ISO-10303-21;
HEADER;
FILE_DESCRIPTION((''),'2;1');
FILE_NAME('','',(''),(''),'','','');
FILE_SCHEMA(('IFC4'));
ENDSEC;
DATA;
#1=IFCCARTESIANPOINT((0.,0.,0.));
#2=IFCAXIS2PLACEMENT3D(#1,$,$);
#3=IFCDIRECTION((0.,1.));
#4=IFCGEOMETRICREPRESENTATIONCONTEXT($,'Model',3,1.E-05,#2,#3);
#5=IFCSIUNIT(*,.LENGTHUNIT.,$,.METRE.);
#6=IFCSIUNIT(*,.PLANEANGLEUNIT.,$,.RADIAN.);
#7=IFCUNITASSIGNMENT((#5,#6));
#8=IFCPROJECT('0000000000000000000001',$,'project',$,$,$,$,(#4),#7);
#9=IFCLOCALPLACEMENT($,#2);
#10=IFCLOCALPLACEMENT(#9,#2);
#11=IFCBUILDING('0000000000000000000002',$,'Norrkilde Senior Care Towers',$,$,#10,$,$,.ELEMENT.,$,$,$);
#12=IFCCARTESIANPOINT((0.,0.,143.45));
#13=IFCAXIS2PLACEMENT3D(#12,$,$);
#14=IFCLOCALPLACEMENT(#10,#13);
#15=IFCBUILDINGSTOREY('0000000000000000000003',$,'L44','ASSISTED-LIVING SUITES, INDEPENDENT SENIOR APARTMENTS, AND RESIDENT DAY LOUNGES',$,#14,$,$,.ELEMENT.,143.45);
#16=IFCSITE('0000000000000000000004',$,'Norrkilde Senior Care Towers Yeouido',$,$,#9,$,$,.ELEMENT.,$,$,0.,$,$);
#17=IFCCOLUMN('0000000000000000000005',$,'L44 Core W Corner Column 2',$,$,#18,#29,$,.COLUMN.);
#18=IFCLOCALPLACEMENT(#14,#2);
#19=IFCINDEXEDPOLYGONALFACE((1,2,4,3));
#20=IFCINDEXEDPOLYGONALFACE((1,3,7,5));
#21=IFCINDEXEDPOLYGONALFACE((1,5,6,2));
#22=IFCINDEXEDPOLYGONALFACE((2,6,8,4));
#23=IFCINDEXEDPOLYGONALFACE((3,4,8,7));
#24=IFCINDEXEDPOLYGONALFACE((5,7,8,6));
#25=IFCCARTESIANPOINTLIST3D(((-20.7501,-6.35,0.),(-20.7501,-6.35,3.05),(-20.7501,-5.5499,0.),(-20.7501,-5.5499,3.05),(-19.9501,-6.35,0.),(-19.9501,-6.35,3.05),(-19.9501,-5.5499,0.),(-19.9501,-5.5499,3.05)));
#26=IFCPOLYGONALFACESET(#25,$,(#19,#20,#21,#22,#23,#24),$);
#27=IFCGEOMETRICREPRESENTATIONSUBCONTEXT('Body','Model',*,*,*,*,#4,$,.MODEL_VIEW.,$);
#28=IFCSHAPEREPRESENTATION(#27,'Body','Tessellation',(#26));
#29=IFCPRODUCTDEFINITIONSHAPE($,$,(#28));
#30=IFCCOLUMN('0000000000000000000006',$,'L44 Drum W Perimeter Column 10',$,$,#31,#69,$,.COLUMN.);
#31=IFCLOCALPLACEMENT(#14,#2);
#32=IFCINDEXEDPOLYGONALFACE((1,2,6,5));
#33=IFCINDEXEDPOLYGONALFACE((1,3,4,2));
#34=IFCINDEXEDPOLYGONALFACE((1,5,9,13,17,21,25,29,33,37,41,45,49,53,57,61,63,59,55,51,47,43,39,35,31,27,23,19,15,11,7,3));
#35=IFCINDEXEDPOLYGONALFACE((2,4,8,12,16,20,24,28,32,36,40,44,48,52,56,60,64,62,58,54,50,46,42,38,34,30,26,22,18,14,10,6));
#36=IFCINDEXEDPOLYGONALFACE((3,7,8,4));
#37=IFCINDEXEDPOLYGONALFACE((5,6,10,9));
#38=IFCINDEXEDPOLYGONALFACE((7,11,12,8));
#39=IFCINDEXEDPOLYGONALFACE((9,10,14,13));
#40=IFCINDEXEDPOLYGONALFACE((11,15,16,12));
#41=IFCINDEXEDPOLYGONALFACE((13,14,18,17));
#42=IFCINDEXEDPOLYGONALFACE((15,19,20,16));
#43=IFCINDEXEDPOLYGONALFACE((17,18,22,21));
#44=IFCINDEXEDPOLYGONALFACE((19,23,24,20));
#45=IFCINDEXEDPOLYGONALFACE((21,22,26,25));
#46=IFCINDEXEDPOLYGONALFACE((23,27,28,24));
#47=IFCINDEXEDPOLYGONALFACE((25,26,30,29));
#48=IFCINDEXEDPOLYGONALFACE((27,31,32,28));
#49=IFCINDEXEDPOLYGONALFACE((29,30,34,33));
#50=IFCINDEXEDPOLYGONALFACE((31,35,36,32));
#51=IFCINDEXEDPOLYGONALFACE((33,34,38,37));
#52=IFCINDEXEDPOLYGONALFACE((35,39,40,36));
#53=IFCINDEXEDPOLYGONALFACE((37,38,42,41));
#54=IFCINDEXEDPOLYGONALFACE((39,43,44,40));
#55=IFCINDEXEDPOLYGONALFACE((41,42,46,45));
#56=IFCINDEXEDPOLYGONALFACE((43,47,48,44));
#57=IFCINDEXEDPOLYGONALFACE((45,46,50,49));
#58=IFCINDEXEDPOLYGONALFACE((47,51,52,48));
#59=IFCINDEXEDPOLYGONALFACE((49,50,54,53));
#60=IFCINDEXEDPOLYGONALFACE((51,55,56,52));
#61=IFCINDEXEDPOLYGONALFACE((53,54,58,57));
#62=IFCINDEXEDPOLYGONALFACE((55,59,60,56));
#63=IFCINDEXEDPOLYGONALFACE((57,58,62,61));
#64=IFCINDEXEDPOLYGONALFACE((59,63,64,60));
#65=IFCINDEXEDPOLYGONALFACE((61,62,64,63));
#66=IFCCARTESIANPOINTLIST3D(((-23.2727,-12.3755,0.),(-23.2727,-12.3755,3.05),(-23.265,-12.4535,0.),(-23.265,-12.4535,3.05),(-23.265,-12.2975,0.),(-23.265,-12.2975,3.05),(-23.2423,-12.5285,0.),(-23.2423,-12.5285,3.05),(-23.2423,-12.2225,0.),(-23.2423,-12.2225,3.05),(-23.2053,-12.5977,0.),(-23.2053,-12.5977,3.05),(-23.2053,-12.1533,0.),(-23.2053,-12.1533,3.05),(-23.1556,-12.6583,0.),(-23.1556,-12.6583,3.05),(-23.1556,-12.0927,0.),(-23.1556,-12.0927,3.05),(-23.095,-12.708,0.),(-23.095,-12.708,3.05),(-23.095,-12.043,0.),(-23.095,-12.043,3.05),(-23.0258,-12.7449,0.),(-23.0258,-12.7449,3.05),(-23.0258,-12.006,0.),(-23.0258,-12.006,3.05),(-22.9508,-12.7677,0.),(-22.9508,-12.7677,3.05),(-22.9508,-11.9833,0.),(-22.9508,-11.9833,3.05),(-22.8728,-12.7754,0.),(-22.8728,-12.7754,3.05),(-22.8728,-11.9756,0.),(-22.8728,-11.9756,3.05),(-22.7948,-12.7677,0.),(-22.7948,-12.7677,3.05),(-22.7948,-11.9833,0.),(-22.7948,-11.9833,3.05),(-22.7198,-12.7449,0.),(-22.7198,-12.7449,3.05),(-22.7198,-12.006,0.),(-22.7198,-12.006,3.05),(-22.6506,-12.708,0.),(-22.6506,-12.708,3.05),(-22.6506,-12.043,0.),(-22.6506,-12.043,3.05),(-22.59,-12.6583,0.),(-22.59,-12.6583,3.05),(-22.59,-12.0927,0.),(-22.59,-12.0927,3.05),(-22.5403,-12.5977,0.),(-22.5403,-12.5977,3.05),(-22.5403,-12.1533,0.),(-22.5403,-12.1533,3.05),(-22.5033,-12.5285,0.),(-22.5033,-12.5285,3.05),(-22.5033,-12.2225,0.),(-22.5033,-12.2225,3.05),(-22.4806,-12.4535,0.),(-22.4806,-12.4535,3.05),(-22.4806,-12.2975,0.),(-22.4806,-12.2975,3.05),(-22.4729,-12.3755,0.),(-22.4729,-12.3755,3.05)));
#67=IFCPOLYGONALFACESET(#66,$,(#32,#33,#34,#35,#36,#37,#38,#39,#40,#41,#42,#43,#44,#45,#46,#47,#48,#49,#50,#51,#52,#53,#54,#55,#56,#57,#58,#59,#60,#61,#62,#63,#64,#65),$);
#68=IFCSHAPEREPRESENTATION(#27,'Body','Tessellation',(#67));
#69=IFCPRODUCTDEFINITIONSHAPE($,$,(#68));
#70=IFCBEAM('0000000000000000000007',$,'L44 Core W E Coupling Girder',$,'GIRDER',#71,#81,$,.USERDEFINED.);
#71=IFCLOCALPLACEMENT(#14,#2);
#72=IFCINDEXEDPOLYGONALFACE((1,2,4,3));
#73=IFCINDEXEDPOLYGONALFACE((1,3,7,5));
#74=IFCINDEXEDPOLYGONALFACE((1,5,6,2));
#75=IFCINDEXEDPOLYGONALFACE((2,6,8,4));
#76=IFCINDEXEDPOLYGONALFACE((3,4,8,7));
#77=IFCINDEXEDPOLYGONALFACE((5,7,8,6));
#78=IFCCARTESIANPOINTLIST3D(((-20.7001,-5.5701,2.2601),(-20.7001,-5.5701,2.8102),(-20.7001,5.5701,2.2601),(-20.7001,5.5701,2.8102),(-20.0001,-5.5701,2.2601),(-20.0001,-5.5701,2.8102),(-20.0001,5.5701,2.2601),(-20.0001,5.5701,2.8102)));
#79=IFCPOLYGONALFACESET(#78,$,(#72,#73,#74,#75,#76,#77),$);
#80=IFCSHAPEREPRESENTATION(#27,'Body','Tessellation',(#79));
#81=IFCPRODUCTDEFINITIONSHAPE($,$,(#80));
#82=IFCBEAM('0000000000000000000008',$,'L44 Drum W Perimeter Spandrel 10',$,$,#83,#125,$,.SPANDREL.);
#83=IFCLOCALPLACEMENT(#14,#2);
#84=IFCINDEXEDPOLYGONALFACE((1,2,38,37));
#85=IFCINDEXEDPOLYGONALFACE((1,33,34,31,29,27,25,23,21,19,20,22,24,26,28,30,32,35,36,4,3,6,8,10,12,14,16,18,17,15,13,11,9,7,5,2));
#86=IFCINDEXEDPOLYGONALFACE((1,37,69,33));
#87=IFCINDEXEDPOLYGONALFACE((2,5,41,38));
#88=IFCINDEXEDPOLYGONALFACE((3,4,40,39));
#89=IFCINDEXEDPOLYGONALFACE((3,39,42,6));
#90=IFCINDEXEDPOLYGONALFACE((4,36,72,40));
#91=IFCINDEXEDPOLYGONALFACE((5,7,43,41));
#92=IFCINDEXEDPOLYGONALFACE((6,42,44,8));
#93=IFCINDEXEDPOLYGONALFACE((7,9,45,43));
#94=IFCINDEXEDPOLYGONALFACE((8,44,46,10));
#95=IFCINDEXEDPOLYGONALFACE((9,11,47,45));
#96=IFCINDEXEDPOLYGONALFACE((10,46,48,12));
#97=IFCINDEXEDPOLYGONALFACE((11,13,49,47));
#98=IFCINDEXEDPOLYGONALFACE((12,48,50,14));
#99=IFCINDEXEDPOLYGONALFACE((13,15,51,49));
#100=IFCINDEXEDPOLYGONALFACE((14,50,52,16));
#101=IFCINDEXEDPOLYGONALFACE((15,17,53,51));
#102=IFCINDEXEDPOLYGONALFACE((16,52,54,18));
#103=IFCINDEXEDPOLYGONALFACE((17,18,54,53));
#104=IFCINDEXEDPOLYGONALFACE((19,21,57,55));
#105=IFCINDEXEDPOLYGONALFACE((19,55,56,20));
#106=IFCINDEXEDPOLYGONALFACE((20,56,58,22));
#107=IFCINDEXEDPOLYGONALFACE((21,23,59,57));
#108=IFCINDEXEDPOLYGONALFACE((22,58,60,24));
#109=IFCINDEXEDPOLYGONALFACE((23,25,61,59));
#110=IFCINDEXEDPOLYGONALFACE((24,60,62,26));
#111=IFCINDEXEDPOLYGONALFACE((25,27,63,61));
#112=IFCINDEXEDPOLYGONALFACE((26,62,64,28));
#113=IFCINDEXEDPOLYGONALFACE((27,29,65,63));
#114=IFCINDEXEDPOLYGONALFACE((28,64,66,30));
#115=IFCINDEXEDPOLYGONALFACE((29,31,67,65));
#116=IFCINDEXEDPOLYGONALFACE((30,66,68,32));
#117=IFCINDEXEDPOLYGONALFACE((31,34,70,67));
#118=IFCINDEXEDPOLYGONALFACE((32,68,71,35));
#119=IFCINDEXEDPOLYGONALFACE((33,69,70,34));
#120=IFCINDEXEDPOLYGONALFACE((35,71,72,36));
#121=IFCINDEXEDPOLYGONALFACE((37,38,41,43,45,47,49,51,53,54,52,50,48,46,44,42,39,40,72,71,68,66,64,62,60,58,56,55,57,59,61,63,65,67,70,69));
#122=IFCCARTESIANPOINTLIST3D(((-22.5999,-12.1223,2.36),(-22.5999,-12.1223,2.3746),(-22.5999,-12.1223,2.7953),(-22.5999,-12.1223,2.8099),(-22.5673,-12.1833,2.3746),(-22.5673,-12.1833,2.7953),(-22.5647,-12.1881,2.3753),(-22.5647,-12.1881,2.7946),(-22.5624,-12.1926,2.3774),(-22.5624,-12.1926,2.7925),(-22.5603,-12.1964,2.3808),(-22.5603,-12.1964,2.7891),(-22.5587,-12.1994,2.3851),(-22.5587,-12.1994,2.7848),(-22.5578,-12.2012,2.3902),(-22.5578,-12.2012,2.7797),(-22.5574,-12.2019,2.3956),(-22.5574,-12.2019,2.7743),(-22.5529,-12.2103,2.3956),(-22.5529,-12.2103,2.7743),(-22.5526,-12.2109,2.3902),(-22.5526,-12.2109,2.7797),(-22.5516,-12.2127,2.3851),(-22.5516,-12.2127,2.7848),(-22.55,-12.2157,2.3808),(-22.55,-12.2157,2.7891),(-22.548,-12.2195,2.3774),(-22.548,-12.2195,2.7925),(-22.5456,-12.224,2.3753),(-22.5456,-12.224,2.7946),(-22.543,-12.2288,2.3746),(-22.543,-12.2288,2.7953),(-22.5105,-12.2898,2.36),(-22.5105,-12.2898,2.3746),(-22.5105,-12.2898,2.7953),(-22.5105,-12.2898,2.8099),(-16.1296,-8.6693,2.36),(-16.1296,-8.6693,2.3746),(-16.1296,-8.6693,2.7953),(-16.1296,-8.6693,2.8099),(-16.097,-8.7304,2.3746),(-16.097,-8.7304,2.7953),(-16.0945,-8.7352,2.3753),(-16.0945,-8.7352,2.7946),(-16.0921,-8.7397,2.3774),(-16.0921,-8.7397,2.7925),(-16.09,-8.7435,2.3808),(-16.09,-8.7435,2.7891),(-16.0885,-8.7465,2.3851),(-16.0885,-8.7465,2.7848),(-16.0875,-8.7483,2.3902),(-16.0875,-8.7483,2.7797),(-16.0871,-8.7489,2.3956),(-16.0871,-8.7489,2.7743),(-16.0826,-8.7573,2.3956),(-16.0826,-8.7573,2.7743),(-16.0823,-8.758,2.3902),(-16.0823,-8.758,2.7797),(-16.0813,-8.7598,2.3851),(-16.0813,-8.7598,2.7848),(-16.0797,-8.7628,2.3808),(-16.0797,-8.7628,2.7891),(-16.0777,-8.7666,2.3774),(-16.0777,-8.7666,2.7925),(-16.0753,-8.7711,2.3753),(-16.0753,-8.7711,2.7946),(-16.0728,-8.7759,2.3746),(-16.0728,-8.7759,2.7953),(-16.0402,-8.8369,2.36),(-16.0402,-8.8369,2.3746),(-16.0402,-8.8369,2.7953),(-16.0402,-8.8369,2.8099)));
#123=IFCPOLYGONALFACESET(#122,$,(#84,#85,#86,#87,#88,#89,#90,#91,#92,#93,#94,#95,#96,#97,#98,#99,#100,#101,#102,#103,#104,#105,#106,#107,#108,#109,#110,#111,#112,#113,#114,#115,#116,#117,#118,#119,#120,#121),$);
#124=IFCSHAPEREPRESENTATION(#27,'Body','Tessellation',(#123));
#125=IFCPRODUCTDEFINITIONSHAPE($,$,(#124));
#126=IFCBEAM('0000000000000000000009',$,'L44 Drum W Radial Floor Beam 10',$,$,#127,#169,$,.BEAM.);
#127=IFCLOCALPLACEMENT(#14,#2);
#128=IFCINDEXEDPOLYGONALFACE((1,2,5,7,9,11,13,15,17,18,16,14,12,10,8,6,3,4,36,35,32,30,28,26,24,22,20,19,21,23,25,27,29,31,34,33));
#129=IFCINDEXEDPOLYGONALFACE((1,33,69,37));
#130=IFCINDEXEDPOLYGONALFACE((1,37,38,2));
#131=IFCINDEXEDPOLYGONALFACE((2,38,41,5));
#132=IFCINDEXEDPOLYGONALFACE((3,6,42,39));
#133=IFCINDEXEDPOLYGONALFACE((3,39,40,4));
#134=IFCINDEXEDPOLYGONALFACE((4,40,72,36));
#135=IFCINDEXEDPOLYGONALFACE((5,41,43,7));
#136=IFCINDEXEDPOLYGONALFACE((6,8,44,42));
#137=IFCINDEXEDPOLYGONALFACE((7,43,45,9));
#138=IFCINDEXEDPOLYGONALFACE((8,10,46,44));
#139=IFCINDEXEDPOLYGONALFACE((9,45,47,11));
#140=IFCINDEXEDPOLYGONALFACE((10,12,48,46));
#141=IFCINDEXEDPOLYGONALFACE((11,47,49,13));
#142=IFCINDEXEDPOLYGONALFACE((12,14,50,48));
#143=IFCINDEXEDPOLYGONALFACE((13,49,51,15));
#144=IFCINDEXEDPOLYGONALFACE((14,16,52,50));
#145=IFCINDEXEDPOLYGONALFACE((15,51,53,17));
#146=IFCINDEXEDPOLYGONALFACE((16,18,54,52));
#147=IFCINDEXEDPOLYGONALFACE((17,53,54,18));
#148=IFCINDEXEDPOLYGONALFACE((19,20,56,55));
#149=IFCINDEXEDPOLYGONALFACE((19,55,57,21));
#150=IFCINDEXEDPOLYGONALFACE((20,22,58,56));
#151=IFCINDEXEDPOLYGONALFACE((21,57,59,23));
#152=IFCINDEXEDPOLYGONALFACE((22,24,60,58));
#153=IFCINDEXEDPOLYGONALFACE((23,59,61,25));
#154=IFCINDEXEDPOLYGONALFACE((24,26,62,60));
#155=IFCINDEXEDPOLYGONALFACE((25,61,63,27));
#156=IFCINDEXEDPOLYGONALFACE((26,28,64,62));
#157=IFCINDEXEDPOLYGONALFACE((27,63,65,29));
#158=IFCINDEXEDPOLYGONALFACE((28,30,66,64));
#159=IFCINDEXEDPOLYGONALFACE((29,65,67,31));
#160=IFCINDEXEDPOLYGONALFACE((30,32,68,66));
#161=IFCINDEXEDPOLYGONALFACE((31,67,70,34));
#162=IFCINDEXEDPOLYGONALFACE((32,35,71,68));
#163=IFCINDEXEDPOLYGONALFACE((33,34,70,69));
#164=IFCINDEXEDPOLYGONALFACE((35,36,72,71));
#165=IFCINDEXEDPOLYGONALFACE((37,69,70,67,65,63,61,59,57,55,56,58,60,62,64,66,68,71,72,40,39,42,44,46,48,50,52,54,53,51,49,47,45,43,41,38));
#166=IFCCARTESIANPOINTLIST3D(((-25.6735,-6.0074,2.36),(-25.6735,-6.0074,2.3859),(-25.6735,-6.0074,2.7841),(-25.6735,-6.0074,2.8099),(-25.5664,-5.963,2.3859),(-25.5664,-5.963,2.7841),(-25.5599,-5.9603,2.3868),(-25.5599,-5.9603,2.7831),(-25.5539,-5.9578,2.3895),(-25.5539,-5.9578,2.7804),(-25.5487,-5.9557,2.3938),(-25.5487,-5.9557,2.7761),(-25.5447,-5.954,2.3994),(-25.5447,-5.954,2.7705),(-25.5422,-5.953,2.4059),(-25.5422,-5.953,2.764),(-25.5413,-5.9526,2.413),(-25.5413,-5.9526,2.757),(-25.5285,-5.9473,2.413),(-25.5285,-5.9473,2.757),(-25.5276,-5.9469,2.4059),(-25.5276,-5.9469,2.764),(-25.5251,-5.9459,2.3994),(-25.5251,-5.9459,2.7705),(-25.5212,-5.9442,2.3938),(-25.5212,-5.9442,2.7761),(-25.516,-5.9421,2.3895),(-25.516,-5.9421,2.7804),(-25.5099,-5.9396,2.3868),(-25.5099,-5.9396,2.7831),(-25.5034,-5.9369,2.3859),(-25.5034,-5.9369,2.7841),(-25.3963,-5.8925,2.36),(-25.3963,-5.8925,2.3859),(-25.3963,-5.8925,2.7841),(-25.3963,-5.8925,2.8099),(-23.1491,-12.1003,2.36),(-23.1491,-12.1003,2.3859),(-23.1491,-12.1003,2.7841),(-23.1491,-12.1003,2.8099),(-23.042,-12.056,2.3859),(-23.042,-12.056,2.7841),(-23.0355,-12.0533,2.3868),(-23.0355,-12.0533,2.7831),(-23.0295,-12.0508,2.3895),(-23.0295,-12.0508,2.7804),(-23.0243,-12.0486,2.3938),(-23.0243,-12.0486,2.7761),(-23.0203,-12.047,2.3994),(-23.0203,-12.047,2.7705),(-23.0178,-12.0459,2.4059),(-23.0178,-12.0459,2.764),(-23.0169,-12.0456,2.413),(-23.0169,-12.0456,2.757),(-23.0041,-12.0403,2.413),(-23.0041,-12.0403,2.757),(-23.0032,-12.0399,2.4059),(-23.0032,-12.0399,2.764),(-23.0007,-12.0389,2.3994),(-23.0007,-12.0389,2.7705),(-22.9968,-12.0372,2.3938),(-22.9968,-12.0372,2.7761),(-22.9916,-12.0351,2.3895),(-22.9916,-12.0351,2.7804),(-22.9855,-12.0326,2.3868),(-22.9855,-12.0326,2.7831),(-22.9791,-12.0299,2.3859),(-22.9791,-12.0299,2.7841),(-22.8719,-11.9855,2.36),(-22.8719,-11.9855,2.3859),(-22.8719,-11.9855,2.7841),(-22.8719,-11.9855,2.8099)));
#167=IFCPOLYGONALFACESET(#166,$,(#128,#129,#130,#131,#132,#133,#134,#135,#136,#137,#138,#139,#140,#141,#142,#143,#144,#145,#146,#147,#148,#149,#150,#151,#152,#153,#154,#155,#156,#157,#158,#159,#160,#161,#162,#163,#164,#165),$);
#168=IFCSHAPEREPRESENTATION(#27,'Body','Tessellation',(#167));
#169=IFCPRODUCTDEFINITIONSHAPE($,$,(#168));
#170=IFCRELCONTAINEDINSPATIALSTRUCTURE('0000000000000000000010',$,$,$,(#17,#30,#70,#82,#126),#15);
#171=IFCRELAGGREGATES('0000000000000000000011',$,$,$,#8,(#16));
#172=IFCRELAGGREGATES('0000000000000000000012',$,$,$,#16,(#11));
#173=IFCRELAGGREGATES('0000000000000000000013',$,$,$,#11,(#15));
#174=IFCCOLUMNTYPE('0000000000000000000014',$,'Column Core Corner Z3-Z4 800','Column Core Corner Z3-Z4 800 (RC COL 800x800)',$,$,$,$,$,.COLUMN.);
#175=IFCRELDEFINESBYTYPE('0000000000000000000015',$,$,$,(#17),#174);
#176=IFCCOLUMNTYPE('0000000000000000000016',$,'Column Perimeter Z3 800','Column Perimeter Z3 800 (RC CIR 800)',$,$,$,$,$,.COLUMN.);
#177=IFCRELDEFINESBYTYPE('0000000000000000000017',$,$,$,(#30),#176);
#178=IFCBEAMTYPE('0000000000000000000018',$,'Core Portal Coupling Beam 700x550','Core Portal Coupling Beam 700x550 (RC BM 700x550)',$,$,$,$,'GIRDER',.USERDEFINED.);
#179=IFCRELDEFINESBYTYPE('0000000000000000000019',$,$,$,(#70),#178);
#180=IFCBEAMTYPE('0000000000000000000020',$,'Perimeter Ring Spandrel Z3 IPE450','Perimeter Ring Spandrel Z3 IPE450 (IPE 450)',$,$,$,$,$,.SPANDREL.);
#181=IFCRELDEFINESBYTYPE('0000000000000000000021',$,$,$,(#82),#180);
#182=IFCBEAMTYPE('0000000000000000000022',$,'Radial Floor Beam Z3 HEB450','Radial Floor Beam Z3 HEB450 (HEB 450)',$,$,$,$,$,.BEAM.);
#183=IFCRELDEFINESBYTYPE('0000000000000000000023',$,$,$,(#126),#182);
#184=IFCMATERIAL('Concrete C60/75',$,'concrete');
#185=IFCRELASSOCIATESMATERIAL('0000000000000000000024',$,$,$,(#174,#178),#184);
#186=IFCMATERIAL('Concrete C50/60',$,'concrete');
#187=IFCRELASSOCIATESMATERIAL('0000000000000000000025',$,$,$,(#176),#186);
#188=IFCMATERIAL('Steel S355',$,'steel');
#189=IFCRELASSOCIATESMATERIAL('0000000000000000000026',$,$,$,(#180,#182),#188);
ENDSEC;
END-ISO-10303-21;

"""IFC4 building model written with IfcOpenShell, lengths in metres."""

from ifc_helpers import new_model, si_unit, direction, frame, origin, origin_2d, place, context, subcontext, project, spatial, rectangle, circle, i_section, extrude, source, transform, mapped, material, material_profile, profile_set, type_object, type_shapes, element, save


model = new_model("IFC4")

# Units and contexts
model_context = context("Model", 3, precision=1e-05, world=origin(), true_north=direction((0.0, 1.0)))
body_context = subcontext(model_context, "Body", "Model", "MODEL_VIEW")
ifc_project = project(units=[si_unit("LENGTHUNIT", "METRE"), si_unit("PLANEANGLEUNIT", "RADIAN")], contexts=[model_context])

# Site, building, storey
site_placement = place(None, origin())
site = spatial("IfcSite", under=ifc_project, at=site_placement, Name="Norrkilde Senior Care Towers Yeouido", CompositionType="ELEMENT", RefElevation=0.0)
building_placement = place(site_placement, origin())
building = spatial("IfcBuilding", under=site, at=building_placement, Name="Norrkilde Senior Care Towers", CompositionType="ELEMENT")
storey_placement = place(building_placement, frame((0.0, 0.0, 143.45)))
storey = spatial("IfcBuildingStorey", under=building, at=storey_placement, Name="L44", Description="ASSISTED-LIVING SUITES, INDEPENDENT SENIOR APARTMENTS, AND RESIDENT DAY LOUNGES", CompositionType="ELEMENT", Elevation=143.45)

# Columns
ifc_material_1 = material(Name="Concrete C60/75", Category="concrete")
ifc_material_profile_1 = material_profile(ifc_material_1, rectangle(XDim=0.8, YDim=0.8, at=origin_2d()), Name="RC COL 800x800")
ifc_profile_set_1 = profile_set([ifc_material_profile_1], Name="Concrete C60/75")
column_type_1 = type_object("IfcColumnType", Name="Column Core Corner Z3-Z4 800", Description="Column Core Corner Z3-Z4 800 (RC COL 800x800)", PredefinedType="COLUMN", material=ifc_profile_set_1)
shared_shape_1 = source(origin(), body_context, "Body", "SweptSolid", [
    extrude(rectangle(XDim=0.8, YDim=0.8, at=origin_2d()), origin(), (0.0, 0.0, 1.0), 3.05),
])
type_shapes(column_type_1, [shared_shape_1])
column_1_placement = place(storey_placement, frame((-20.3501, -5.95, 0.0), z_axis=(0.0, 0.0, 1.0), x_axis=(1.0, 0.0, 0.0)))
element("IfcColumn", 1, at=column_1_placement, inside=storey, type_object=column_type_1, Name="L44 Core W Corner Column 2", PredefinedType="COLUMN", context=body_context, shape_type="MappedRepresentation", body=[
    mapped(shared_shape_1, transform((0.0, 0.0, 0.0), x_axis=(1.0, 0.0, 0.0), y_axis=(0.0, 1.0, 0.0), z_axis=(0.0, 0.0, 1.0), scale=1.0)),
])
ifc_material_2 = material(Name="Concrete C50/60", Category="concrete")
ifc_material_profile_2 = material_profile(ifc_material_2, circle(Radius=0.3999, at=origin_2d()), Name="RC CIR 800")
ifc_profile_set_2 = profile_set([ifc_material_profile_2], Name="Concrete C50/60")
column_type_2 = type_object("IfcColumnType", Name="Column Perimeter Z3 800", Description="Column Perimeter Z3 800 (RC CIR 800)", PredefinedType="COLUMN", material=ifc_profile_set_2)
shared_shape_2 = source(origin(), body_context, "Body", "SweptSolid", [
    extrude(circle(Radius=0.3999, at=origin_2d()), origin(), (0.0, 0.0, 1.0), 3.05),
])
type_shapes(column_type_2, [shared_shape_2])
column_2_placement = place(storey_placement, frame((-22.8728, -12.3755, 0.0), z_axis=(0.0, 0.0, 1.0), x_axis=(1.0, 0.0, 0.0)))
element("IfcColumn", 2, at=column_2_placement, inside=storey, type_object=column_type_2, Name="L44 Drum W Perimeter Column 10", PredefinedType="COLUMN", context=body_context, shape_type="MappedRepresentation", body=[
    mapped(shared_shape_2, transform((0.0, 0.0, 0.0), x_axis=(1.0, 0.0, 0.0), y_axis=(0.0, 1.0, 0.0), z_axis=(0.0, 0.0, 1.0), scale=1.0)),
])

# Beams
ifc_material_profile_3 = material_profile(ifc_material_1, rectangle(XDim=0.7, YDim=0.55, at=origin_2d()), Name="RC BM 700x550")
ifc_profile_set_3 = profile_set([ifc_material_profile_3], Name="Concrete C60/75")
beam_type_1 = type_object("IfcBeamType", Name="Core Portal Coupling Beam 700x550", Description="Core Portal Coupling Beam 700x550 (RC BM 700x550)", ElementType="GIRDER", PredefinedType="USERDEFINED", material=ifc_profile_set_3)
shared_shape_3 = source(origin(), body_context, "Body", "SweptSolid", [
    extrude(rectangle(XDim=0.7, YDim=0.55, at=origin_2d()), origin(), (0.0, 0.0, 1.0), 11.1401),
])
type_shapes(beam_type_1, [shared_shape_3])
beam_1_placement = place(storey_placement, frame((-20.3501, -5.5701, 2.5352), z_axis=(0.0, 1.0, 0.0), x_axis=(-1.0, 0.0, 0.0)))
element("IfcBeam", 3, at=beam_1_placement, inside=storey, type_object=beam_type_1, Name="L44 Core W E Coupling Girder", ObjectType="GIRDER", PredefinedType="USERDEFINED", context=body_context, shape_type="MappedRepresentation", body=[
    mapped(shared_shape_3, transform((0.0, 0.0, 0.0), x_axis=(1.0, 0.0, 0.0), y_axis=(0.0, 1.0, 0.0), z_axis=(0.0, 0.0, 1.0), scale=1.0)),
])
ifc_material_3 = material(Name="Steel S355", Category="steel")
ifc_material_profile_4 = material_profile(ifc_material_3, i_section(OverallWidth=0.1899, OverallDepth=0.45, WebThickness=0.0095, FlangeThickness=0.0146, FilletRadius=0.021, at=origin_2d()), Name="IPE 450")
ifc_profile_set_4 = profile_set([ifc_material_profile_4], Name="Steel S355")
beam_type_2 = type_object("IfcBeamType", Name="Perimeter Ring Spandrel Z3 IPE450", Description="Perimeter Ring Spandrel Z3 IPE450 (IPE 450)", PredefinedType="SPANDREL", material=ifc_profile_set_4)
shared_shape_4 = source(origin(), body_context, "Body", "SweptSolid", [
    extrude(i_section(OverallWidth=0.1899, OverallDepth=0.45, WebThickness=0.0095, FlangeThickness=0.0146, FilletRadius=0.021, at=origin_2d()), origin(), (0.0, 0.0, 1.0), 7.334),
])
type_shapes(beam_type_2, [shared_shape_4])
beam_2_placement = place(storey_placement, frame((-22.5552, -12.2061, 2.585), z_axis=(0.882234, 0.470811, 0.0), x_axis=(-0.470811, 0.882234, 0.0)))
element("IfcBeam", 4, at=beam_2_placement, inside=storey, type_object=beam_type_2, Name="L44 Drum W Perimeter Spandrel 10", PredefinedType="SPANDREL", context=body_context, shape_type="MappedRepresentation", body=[
    mapped(shared_shape_4, transform((0.0, 0.0, 0.0), x_axis=(1.0, 0.0, 0.0), y_axis=(0.0, 1.0, 0.0), z_axis=(0.0, 0.0, 1.0), scale=1.0)),
])
ifc_material_profile_5 = material_profile(ifc_material_3, i_section(OverallWidth=0.3, OverallDepth=0.45, WebThickness=0.0139, FlangeThickness=0.0259, FilletRadius=0.0271, at=origin_2d()), Name="HEB 450")
ifc_profile_set_5 = profile_set([ifc_material_profile_5], Name="Steel S355")
beam_type_3 = type_object("IfcBeamType", Name="Radial Floor Beam Z3 HEB450", Description="Radial Floor Beam Z3 HEB450 (HEB 450)", PredefinedType="BEAM", material=ifc_profile_set_5)
shared_shape_5 = source(origin(), body_context, "Body", "SweptSolid", [
    extrude(i_section(OverallWidth=0.3, OverallDepth=0.45, WebThickness=0.0139, FlangeThickness=0.0259, FilletRadius=0.0271, at=origin_2d()), origin(), (0.0, 0.0, 1.0), 6.5952),
])
type_shapes(beam_type_3, [shared_shape_5])
beam_3_placement = place(storey_placement, frame((-25.5349, -5.95, 2.585), z_axis=(0.382762, -0.923847, 0.0), x_axis=(0.923847, 0.382762, 0.0)))
element("IfcBeam", 5, at=beam_3_placement, inside=storey, type_object=beam_type_3, Name="L44 Drum W Radial Floor Beam 10", PredefinedType="BEAM", context=body_context, shape_type="MappedRepresentation", body=[
    mapped(shared_shape_5, transform((0.0, 0.0, 0.0), x_axis=(1.0, 0.0, 0.0), y_axis=(0.0, 1.0, 0.0), z_axis=(0.0, 0.0, 1.0), scale=1.0)),
])

save(model, "model.ifc")
